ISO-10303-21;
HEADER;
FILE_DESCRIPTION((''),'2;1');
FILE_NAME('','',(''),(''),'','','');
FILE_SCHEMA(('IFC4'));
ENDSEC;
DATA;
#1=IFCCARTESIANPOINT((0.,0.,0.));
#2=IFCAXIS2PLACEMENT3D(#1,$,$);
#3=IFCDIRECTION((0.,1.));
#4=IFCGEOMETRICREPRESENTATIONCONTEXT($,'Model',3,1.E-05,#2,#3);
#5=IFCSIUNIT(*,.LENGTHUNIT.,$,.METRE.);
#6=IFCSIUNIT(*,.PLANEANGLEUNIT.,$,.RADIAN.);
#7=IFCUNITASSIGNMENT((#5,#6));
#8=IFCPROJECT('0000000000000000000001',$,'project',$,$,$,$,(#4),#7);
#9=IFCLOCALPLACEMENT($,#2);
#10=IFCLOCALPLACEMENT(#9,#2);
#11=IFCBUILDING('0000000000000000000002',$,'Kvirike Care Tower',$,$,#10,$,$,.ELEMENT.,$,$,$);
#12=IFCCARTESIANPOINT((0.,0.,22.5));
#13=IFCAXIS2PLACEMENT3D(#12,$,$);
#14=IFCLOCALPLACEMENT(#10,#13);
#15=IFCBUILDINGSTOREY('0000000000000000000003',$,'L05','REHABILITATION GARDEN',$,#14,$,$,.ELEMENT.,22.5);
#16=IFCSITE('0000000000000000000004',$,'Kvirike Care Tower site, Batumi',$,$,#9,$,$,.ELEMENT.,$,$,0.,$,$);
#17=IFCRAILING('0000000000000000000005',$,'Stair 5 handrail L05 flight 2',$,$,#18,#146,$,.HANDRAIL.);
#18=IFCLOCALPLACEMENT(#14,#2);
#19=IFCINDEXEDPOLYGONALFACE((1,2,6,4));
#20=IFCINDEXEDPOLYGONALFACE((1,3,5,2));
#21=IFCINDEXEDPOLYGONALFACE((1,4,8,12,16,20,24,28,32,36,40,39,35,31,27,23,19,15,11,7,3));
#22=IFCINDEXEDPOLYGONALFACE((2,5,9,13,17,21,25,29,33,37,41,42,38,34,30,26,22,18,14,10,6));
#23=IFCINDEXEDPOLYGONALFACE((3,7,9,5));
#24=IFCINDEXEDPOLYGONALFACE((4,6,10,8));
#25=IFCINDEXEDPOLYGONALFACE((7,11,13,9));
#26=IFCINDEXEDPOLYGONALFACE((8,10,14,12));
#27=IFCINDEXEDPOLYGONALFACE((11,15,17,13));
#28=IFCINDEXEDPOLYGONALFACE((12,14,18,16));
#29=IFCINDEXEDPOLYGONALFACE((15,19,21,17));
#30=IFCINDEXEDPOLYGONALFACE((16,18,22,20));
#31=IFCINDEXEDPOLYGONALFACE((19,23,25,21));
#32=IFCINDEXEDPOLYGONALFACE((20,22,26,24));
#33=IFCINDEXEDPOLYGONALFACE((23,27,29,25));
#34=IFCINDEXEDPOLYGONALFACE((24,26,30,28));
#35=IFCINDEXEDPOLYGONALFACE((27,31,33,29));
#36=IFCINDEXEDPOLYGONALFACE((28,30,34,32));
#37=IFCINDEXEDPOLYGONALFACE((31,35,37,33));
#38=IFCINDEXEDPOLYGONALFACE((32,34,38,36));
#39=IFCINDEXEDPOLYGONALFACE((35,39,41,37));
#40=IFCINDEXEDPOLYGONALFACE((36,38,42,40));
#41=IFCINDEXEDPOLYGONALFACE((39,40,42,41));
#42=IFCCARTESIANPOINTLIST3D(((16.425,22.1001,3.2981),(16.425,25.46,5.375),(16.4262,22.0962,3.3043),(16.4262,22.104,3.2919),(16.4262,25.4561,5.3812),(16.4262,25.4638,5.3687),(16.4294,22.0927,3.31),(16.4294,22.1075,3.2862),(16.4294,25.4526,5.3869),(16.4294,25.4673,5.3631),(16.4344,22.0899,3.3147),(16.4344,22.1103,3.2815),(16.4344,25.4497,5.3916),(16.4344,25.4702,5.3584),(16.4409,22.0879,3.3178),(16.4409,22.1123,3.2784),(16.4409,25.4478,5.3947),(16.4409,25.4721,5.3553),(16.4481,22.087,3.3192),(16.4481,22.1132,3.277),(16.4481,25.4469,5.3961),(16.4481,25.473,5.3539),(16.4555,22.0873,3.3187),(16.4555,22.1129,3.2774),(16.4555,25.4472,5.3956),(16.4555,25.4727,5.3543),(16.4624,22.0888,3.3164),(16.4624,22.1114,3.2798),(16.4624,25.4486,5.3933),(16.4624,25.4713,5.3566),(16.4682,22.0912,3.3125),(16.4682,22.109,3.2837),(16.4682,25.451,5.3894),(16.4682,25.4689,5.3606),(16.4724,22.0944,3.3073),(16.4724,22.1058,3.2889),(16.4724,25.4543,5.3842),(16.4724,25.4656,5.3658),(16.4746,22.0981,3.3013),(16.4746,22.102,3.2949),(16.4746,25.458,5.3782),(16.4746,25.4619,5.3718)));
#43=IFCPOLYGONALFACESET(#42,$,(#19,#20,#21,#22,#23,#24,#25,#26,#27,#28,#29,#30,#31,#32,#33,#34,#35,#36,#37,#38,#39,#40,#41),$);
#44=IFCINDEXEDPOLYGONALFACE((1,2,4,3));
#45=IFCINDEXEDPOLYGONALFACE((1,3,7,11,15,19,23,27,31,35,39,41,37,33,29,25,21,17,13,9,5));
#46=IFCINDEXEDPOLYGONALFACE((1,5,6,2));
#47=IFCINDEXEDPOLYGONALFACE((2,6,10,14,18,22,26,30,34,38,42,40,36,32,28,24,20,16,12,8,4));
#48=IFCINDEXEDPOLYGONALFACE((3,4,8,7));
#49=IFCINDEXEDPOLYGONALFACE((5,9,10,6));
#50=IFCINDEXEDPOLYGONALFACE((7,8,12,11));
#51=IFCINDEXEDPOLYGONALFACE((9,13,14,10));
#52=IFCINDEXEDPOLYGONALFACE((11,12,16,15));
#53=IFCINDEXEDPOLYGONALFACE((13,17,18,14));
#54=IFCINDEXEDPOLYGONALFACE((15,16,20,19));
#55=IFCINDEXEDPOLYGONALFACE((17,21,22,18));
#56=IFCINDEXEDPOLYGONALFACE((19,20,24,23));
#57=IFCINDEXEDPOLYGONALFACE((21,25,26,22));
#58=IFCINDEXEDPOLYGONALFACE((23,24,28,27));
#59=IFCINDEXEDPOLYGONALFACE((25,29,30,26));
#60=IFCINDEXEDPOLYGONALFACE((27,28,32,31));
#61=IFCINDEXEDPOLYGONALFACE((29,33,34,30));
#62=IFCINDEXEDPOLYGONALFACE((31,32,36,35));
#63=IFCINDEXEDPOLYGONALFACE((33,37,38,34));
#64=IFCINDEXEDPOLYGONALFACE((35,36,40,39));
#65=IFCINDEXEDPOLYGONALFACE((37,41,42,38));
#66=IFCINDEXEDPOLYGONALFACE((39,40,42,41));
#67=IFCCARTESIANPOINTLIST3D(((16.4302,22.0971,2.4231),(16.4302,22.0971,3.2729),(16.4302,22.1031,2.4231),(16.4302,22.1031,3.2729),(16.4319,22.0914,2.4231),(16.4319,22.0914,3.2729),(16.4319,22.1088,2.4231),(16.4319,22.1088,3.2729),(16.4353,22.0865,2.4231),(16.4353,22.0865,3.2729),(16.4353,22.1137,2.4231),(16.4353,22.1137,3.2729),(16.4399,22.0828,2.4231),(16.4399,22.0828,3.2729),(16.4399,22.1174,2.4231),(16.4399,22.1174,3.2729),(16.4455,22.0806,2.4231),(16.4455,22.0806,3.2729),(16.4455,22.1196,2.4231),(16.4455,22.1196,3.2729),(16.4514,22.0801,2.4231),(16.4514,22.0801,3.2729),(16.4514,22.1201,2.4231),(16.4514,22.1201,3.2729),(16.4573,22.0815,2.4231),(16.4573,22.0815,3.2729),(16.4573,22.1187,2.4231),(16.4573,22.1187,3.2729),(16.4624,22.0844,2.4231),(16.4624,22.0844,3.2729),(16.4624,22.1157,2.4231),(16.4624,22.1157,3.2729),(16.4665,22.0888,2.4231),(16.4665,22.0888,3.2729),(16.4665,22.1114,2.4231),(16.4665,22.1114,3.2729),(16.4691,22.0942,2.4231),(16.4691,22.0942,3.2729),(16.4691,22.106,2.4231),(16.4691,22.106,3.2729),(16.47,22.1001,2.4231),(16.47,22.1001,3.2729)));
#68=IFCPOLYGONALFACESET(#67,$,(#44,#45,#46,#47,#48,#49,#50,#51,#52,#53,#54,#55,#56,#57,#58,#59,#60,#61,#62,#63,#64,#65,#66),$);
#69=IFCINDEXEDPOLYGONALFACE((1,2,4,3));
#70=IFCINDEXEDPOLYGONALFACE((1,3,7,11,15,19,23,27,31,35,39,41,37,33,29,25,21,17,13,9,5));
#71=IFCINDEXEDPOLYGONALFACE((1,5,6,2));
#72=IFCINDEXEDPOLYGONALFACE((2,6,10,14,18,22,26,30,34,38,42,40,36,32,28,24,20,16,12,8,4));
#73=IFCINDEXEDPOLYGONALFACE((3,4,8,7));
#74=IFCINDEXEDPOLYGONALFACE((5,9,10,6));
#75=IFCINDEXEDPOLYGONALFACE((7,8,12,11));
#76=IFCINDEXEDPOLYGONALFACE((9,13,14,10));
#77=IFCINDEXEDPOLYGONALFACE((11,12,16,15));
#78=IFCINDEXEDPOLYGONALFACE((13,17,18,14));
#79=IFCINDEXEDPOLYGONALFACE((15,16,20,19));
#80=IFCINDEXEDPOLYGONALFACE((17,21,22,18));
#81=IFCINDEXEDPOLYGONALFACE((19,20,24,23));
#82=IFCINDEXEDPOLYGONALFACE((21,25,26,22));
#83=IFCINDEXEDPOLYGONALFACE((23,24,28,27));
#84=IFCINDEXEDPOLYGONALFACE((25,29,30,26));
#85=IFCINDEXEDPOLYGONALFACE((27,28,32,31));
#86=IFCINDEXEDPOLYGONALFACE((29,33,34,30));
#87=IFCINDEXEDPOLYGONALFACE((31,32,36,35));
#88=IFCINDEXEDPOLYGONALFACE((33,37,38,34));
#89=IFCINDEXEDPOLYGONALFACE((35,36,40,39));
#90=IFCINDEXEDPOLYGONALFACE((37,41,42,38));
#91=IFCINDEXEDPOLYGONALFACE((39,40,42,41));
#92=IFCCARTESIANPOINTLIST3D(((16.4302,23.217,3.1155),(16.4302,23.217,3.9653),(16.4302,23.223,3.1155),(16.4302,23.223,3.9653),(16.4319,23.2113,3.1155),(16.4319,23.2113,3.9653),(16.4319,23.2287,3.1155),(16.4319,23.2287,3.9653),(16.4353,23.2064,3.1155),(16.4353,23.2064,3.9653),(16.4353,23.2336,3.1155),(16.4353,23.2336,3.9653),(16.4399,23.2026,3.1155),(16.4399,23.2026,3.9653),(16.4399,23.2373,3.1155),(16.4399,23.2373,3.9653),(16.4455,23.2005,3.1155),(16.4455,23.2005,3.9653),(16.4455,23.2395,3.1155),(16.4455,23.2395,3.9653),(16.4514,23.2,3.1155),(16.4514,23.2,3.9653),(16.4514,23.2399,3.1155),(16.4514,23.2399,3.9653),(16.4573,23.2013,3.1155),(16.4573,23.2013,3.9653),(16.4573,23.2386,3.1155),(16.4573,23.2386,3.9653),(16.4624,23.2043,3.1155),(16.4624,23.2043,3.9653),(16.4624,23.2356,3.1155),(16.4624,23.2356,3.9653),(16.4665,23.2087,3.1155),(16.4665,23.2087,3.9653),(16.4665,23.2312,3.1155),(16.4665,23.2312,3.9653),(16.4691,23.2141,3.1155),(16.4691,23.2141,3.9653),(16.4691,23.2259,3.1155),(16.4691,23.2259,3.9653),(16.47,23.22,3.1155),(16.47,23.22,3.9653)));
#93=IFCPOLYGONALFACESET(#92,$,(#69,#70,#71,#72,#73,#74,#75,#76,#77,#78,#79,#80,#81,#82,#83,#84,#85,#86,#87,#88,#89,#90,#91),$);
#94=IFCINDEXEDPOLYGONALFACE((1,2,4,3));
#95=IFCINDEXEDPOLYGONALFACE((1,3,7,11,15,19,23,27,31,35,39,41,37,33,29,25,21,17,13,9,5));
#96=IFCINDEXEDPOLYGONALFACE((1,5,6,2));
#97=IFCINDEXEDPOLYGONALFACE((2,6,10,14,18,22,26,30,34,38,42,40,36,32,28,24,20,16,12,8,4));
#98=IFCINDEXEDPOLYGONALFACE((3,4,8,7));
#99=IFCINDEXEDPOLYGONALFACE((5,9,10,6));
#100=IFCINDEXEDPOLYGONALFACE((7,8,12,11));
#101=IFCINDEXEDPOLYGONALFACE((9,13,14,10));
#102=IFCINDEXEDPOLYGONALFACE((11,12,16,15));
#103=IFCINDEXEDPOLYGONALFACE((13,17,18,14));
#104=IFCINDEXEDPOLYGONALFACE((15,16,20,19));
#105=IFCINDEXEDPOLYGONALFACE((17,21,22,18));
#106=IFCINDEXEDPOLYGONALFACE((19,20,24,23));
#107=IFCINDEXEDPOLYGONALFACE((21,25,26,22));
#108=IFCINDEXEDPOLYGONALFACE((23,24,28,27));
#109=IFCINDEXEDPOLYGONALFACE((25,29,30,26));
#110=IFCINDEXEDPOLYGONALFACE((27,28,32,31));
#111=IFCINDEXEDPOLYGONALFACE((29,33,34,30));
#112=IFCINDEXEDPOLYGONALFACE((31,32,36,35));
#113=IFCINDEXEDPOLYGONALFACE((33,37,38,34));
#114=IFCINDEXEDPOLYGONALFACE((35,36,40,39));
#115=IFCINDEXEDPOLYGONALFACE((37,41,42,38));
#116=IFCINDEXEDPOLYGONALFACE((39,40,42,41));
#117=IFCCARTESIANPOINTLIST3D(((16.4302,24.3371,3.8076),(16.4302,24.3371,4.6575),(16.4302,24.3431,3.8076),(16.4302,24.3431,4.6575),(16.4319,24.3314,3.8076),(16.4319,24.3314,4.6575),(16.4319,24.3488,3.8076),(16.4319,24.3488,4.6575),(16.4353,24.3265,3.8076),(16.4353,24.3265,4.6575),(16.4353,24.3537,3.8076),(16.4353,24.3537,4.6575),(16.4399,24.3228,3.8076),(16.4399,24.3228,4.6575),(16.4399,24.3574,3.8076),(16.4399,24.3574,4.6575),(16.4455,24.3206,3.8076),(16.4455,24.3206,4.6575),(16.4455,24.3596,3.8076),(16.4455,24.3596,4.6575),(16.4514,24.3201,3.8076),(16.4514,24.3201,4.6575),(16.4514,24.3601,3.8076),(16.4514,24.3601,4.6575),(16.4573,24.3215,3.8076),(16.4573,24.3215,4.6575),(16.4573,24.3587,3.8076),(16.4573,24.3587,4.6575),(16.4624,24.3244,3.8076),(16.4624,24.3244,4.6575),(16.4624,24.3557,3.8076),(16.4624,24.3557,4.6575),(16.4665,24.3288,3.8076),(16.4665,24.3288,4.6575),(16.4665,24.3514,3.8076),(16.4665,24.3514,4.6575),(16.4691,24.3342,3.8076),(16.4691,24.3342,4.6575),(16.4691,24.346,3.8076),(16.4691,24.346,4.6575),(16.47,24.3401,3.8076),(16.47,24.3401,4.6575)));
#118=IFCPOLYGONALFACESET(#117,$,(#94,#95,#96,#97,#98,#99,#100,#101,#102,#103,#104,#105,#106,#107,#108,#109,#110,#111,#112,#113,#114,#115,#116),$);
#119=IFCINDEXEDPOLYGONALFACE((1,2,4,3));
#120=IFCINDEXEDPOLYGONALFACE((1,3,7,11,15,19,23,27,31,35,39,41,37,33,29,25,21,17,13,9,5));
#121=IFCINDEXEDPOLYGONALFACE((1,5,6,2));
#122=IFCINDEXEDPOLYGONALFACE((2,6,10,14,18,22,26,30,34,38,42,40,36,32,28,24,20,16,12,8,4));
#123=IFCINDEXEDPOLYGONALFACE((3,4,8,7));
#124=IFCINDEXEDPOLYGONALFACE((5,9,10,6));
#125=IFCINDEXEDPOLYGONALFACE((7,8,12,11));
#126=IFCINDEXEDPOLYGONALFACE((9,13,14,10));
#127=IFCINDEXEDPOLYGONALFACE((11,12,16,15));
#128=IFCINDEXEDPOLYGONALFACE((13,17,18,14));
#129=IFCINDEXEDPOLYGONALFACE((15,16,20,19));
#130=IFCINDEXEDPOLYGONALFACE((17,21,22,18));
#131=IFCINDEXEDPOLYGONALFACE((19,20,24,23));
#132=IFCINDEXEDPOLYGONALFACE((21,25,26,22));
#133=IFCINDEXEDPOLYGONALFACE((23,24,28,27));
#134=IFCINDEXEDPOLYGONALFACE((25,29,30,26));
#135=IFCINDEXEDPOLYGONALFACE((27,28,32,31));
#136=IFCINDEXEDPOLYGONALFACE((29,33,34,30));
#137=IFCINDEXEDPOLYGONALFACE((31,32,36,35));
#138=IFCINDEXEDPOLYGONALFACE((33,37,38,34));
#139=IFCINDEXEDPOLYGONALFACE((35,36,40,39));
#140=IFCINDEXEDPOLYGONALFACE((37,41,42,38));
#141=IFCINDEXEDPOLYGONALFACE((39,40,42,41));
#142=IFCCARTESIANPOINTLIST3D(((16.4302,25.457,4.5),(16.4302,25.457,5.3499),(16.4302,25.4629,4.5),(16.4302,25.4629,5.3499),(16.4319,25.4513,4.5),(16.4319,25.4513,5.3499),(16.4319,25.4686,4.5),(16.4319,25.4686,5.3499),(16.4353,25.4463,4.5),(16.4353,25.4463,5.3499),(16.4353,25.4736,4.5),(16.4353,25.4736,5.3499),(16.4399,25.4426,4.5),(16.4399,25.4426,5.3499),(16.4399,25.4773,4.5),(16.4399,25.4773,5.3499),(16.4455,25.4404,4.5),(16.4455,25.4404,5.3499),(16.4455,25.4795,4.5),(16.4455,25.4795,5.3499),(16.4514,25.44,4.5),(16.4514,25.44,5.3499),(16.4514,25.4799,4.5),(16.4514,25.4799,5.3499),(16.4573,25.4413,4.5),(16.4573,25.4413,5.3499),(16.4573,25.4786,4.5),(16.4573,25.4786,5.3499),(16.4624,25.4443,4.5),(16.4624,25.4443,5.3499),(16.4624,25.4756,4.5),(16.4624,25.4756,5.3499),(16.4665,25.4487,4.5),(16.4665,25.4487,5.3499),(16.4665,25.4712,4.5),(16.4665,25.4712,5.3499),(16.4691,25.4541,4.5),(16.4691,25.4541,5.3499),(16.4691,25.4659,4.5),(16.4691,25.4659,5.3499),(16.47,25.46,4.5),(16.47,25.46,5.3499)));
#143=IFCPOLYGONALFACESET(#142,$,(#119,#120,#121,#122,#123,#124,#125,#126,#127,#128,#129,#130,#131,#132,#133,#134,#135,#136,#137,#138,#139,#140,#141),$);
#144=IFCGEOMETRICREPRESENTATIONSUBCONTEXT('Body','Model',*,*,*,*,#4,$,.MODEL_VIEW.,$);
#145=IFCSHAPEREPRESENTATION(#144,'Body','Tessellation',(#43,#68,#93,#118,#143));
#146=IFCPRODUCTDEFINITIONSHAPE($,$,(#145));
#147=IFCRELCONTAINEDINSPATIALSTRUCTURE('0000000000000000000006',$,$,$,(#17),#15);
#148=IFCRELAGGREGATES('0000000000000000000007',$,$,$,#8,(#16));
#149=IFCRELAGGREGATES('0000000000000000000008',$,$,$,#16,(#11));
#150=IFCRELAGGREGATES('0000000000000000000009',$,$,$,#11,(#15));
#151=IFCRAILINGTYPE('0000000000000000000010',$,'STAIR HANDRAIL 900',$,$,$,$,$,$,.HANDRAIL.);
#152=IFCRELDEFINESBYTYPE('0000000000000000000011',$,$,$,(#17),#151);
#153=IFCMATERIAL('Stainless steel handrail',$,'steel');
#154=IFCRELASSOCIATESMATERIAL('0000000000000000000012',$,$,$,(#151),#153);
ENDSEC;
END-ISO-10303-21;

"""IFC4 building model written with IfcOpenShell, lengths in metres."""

from ifc_helpers import new_model, si_unit, direction, frame, origin, origin_2d, place, context, subcontext, project, spatial, circle, extrude, material, type_object, element, save


model = new_model("IFC4")

# Units and contexts
model_context = context("Model", 3, precision=1e-05, world=origin(), true_north=direction((0.0, 1.0)))
body_context = subcontext(model_context, "Body", "Model", "MODEL_VIEW")
ifc_project = project(units=[si_unit("LENGTHUNIT", "METRE"), si_unit("PLANEANGLEUNIT", "RADIAN")], contexts=[model_context])

# Site, building, storey
site_placement = place(None, origin())
site = spatial("IfcSite", under=ifc_project, at=site_placement, Name="Kvirike Care Tower site, Batumi", CompositionType="ELEMENT", RefElevation=0.0)
building_placement = place(site_placement, origin())
building = spatial("IfcBuilding", under=site, at=building_placement, Name="Kvirike Care Tower", CompositionType="ELEMENT")
storey_placement = place(building_placement, frame((0.0, 0.0, 22.5)))
storey = spatial("IfcBuildingStorey", under=building, at=storey_placement, Name="L05", Description="REHABILITATION GARDEN", CompositionType="ELEMENT", Elevation=22.5)

# Railing
ifc_material_1 = material(Name="Stainless steel handrail", Category="steel")
railing_type = type_object("IfcRailingType", Name="STAIR HANDRAIL 900", PredefinedType="HANDRAIL", material=ifc_material_1)
railing_placement = place(storey_placement, frame((16.45, 22.1001, 2.4231)))
element("IfcRailing", 1, at=railing_placement, inside=storey, type_object=railing_type, Name="Stair 5 handrail L05 flight 2", PredefinedType="HANDRAIL", context=body_context, shape_type="SweptSolid", body=[
    extrude(circle(Radius=0.0249, at=origin_2d()), frame((0.0, 0.0, 0.875), z_axis=(0.0, 0.850606, 0.525803), x_axis=(-1.0, 0.0, 0.0)), (0.0, 0.0, 1.0), 3.95),
    extrude(circle(Radius=0.02, at=origin_2d()), origin(), (0.0, 0.0, 1.0), 0.8499),
    extrude(circle(Radius=0.02, at=origin_2d()), frame((0.0, 1.1199, 0.6924)), (0.0, 0.0, 1.0), 0.8499),
    extrude(circle(Radius=0.02, at=origin_2d()), frame((0.0, 2.24, 1.3845)), (0.0, 0.0, 1.0), 0.8499),
    extrude(circle(Radius=0.02, at=origin_2d()), frame((0.0, 3.3599, 2.0769)), (0.0, 0.0, 1.0), 0.8499),
])

save(model, "model.ifc")
